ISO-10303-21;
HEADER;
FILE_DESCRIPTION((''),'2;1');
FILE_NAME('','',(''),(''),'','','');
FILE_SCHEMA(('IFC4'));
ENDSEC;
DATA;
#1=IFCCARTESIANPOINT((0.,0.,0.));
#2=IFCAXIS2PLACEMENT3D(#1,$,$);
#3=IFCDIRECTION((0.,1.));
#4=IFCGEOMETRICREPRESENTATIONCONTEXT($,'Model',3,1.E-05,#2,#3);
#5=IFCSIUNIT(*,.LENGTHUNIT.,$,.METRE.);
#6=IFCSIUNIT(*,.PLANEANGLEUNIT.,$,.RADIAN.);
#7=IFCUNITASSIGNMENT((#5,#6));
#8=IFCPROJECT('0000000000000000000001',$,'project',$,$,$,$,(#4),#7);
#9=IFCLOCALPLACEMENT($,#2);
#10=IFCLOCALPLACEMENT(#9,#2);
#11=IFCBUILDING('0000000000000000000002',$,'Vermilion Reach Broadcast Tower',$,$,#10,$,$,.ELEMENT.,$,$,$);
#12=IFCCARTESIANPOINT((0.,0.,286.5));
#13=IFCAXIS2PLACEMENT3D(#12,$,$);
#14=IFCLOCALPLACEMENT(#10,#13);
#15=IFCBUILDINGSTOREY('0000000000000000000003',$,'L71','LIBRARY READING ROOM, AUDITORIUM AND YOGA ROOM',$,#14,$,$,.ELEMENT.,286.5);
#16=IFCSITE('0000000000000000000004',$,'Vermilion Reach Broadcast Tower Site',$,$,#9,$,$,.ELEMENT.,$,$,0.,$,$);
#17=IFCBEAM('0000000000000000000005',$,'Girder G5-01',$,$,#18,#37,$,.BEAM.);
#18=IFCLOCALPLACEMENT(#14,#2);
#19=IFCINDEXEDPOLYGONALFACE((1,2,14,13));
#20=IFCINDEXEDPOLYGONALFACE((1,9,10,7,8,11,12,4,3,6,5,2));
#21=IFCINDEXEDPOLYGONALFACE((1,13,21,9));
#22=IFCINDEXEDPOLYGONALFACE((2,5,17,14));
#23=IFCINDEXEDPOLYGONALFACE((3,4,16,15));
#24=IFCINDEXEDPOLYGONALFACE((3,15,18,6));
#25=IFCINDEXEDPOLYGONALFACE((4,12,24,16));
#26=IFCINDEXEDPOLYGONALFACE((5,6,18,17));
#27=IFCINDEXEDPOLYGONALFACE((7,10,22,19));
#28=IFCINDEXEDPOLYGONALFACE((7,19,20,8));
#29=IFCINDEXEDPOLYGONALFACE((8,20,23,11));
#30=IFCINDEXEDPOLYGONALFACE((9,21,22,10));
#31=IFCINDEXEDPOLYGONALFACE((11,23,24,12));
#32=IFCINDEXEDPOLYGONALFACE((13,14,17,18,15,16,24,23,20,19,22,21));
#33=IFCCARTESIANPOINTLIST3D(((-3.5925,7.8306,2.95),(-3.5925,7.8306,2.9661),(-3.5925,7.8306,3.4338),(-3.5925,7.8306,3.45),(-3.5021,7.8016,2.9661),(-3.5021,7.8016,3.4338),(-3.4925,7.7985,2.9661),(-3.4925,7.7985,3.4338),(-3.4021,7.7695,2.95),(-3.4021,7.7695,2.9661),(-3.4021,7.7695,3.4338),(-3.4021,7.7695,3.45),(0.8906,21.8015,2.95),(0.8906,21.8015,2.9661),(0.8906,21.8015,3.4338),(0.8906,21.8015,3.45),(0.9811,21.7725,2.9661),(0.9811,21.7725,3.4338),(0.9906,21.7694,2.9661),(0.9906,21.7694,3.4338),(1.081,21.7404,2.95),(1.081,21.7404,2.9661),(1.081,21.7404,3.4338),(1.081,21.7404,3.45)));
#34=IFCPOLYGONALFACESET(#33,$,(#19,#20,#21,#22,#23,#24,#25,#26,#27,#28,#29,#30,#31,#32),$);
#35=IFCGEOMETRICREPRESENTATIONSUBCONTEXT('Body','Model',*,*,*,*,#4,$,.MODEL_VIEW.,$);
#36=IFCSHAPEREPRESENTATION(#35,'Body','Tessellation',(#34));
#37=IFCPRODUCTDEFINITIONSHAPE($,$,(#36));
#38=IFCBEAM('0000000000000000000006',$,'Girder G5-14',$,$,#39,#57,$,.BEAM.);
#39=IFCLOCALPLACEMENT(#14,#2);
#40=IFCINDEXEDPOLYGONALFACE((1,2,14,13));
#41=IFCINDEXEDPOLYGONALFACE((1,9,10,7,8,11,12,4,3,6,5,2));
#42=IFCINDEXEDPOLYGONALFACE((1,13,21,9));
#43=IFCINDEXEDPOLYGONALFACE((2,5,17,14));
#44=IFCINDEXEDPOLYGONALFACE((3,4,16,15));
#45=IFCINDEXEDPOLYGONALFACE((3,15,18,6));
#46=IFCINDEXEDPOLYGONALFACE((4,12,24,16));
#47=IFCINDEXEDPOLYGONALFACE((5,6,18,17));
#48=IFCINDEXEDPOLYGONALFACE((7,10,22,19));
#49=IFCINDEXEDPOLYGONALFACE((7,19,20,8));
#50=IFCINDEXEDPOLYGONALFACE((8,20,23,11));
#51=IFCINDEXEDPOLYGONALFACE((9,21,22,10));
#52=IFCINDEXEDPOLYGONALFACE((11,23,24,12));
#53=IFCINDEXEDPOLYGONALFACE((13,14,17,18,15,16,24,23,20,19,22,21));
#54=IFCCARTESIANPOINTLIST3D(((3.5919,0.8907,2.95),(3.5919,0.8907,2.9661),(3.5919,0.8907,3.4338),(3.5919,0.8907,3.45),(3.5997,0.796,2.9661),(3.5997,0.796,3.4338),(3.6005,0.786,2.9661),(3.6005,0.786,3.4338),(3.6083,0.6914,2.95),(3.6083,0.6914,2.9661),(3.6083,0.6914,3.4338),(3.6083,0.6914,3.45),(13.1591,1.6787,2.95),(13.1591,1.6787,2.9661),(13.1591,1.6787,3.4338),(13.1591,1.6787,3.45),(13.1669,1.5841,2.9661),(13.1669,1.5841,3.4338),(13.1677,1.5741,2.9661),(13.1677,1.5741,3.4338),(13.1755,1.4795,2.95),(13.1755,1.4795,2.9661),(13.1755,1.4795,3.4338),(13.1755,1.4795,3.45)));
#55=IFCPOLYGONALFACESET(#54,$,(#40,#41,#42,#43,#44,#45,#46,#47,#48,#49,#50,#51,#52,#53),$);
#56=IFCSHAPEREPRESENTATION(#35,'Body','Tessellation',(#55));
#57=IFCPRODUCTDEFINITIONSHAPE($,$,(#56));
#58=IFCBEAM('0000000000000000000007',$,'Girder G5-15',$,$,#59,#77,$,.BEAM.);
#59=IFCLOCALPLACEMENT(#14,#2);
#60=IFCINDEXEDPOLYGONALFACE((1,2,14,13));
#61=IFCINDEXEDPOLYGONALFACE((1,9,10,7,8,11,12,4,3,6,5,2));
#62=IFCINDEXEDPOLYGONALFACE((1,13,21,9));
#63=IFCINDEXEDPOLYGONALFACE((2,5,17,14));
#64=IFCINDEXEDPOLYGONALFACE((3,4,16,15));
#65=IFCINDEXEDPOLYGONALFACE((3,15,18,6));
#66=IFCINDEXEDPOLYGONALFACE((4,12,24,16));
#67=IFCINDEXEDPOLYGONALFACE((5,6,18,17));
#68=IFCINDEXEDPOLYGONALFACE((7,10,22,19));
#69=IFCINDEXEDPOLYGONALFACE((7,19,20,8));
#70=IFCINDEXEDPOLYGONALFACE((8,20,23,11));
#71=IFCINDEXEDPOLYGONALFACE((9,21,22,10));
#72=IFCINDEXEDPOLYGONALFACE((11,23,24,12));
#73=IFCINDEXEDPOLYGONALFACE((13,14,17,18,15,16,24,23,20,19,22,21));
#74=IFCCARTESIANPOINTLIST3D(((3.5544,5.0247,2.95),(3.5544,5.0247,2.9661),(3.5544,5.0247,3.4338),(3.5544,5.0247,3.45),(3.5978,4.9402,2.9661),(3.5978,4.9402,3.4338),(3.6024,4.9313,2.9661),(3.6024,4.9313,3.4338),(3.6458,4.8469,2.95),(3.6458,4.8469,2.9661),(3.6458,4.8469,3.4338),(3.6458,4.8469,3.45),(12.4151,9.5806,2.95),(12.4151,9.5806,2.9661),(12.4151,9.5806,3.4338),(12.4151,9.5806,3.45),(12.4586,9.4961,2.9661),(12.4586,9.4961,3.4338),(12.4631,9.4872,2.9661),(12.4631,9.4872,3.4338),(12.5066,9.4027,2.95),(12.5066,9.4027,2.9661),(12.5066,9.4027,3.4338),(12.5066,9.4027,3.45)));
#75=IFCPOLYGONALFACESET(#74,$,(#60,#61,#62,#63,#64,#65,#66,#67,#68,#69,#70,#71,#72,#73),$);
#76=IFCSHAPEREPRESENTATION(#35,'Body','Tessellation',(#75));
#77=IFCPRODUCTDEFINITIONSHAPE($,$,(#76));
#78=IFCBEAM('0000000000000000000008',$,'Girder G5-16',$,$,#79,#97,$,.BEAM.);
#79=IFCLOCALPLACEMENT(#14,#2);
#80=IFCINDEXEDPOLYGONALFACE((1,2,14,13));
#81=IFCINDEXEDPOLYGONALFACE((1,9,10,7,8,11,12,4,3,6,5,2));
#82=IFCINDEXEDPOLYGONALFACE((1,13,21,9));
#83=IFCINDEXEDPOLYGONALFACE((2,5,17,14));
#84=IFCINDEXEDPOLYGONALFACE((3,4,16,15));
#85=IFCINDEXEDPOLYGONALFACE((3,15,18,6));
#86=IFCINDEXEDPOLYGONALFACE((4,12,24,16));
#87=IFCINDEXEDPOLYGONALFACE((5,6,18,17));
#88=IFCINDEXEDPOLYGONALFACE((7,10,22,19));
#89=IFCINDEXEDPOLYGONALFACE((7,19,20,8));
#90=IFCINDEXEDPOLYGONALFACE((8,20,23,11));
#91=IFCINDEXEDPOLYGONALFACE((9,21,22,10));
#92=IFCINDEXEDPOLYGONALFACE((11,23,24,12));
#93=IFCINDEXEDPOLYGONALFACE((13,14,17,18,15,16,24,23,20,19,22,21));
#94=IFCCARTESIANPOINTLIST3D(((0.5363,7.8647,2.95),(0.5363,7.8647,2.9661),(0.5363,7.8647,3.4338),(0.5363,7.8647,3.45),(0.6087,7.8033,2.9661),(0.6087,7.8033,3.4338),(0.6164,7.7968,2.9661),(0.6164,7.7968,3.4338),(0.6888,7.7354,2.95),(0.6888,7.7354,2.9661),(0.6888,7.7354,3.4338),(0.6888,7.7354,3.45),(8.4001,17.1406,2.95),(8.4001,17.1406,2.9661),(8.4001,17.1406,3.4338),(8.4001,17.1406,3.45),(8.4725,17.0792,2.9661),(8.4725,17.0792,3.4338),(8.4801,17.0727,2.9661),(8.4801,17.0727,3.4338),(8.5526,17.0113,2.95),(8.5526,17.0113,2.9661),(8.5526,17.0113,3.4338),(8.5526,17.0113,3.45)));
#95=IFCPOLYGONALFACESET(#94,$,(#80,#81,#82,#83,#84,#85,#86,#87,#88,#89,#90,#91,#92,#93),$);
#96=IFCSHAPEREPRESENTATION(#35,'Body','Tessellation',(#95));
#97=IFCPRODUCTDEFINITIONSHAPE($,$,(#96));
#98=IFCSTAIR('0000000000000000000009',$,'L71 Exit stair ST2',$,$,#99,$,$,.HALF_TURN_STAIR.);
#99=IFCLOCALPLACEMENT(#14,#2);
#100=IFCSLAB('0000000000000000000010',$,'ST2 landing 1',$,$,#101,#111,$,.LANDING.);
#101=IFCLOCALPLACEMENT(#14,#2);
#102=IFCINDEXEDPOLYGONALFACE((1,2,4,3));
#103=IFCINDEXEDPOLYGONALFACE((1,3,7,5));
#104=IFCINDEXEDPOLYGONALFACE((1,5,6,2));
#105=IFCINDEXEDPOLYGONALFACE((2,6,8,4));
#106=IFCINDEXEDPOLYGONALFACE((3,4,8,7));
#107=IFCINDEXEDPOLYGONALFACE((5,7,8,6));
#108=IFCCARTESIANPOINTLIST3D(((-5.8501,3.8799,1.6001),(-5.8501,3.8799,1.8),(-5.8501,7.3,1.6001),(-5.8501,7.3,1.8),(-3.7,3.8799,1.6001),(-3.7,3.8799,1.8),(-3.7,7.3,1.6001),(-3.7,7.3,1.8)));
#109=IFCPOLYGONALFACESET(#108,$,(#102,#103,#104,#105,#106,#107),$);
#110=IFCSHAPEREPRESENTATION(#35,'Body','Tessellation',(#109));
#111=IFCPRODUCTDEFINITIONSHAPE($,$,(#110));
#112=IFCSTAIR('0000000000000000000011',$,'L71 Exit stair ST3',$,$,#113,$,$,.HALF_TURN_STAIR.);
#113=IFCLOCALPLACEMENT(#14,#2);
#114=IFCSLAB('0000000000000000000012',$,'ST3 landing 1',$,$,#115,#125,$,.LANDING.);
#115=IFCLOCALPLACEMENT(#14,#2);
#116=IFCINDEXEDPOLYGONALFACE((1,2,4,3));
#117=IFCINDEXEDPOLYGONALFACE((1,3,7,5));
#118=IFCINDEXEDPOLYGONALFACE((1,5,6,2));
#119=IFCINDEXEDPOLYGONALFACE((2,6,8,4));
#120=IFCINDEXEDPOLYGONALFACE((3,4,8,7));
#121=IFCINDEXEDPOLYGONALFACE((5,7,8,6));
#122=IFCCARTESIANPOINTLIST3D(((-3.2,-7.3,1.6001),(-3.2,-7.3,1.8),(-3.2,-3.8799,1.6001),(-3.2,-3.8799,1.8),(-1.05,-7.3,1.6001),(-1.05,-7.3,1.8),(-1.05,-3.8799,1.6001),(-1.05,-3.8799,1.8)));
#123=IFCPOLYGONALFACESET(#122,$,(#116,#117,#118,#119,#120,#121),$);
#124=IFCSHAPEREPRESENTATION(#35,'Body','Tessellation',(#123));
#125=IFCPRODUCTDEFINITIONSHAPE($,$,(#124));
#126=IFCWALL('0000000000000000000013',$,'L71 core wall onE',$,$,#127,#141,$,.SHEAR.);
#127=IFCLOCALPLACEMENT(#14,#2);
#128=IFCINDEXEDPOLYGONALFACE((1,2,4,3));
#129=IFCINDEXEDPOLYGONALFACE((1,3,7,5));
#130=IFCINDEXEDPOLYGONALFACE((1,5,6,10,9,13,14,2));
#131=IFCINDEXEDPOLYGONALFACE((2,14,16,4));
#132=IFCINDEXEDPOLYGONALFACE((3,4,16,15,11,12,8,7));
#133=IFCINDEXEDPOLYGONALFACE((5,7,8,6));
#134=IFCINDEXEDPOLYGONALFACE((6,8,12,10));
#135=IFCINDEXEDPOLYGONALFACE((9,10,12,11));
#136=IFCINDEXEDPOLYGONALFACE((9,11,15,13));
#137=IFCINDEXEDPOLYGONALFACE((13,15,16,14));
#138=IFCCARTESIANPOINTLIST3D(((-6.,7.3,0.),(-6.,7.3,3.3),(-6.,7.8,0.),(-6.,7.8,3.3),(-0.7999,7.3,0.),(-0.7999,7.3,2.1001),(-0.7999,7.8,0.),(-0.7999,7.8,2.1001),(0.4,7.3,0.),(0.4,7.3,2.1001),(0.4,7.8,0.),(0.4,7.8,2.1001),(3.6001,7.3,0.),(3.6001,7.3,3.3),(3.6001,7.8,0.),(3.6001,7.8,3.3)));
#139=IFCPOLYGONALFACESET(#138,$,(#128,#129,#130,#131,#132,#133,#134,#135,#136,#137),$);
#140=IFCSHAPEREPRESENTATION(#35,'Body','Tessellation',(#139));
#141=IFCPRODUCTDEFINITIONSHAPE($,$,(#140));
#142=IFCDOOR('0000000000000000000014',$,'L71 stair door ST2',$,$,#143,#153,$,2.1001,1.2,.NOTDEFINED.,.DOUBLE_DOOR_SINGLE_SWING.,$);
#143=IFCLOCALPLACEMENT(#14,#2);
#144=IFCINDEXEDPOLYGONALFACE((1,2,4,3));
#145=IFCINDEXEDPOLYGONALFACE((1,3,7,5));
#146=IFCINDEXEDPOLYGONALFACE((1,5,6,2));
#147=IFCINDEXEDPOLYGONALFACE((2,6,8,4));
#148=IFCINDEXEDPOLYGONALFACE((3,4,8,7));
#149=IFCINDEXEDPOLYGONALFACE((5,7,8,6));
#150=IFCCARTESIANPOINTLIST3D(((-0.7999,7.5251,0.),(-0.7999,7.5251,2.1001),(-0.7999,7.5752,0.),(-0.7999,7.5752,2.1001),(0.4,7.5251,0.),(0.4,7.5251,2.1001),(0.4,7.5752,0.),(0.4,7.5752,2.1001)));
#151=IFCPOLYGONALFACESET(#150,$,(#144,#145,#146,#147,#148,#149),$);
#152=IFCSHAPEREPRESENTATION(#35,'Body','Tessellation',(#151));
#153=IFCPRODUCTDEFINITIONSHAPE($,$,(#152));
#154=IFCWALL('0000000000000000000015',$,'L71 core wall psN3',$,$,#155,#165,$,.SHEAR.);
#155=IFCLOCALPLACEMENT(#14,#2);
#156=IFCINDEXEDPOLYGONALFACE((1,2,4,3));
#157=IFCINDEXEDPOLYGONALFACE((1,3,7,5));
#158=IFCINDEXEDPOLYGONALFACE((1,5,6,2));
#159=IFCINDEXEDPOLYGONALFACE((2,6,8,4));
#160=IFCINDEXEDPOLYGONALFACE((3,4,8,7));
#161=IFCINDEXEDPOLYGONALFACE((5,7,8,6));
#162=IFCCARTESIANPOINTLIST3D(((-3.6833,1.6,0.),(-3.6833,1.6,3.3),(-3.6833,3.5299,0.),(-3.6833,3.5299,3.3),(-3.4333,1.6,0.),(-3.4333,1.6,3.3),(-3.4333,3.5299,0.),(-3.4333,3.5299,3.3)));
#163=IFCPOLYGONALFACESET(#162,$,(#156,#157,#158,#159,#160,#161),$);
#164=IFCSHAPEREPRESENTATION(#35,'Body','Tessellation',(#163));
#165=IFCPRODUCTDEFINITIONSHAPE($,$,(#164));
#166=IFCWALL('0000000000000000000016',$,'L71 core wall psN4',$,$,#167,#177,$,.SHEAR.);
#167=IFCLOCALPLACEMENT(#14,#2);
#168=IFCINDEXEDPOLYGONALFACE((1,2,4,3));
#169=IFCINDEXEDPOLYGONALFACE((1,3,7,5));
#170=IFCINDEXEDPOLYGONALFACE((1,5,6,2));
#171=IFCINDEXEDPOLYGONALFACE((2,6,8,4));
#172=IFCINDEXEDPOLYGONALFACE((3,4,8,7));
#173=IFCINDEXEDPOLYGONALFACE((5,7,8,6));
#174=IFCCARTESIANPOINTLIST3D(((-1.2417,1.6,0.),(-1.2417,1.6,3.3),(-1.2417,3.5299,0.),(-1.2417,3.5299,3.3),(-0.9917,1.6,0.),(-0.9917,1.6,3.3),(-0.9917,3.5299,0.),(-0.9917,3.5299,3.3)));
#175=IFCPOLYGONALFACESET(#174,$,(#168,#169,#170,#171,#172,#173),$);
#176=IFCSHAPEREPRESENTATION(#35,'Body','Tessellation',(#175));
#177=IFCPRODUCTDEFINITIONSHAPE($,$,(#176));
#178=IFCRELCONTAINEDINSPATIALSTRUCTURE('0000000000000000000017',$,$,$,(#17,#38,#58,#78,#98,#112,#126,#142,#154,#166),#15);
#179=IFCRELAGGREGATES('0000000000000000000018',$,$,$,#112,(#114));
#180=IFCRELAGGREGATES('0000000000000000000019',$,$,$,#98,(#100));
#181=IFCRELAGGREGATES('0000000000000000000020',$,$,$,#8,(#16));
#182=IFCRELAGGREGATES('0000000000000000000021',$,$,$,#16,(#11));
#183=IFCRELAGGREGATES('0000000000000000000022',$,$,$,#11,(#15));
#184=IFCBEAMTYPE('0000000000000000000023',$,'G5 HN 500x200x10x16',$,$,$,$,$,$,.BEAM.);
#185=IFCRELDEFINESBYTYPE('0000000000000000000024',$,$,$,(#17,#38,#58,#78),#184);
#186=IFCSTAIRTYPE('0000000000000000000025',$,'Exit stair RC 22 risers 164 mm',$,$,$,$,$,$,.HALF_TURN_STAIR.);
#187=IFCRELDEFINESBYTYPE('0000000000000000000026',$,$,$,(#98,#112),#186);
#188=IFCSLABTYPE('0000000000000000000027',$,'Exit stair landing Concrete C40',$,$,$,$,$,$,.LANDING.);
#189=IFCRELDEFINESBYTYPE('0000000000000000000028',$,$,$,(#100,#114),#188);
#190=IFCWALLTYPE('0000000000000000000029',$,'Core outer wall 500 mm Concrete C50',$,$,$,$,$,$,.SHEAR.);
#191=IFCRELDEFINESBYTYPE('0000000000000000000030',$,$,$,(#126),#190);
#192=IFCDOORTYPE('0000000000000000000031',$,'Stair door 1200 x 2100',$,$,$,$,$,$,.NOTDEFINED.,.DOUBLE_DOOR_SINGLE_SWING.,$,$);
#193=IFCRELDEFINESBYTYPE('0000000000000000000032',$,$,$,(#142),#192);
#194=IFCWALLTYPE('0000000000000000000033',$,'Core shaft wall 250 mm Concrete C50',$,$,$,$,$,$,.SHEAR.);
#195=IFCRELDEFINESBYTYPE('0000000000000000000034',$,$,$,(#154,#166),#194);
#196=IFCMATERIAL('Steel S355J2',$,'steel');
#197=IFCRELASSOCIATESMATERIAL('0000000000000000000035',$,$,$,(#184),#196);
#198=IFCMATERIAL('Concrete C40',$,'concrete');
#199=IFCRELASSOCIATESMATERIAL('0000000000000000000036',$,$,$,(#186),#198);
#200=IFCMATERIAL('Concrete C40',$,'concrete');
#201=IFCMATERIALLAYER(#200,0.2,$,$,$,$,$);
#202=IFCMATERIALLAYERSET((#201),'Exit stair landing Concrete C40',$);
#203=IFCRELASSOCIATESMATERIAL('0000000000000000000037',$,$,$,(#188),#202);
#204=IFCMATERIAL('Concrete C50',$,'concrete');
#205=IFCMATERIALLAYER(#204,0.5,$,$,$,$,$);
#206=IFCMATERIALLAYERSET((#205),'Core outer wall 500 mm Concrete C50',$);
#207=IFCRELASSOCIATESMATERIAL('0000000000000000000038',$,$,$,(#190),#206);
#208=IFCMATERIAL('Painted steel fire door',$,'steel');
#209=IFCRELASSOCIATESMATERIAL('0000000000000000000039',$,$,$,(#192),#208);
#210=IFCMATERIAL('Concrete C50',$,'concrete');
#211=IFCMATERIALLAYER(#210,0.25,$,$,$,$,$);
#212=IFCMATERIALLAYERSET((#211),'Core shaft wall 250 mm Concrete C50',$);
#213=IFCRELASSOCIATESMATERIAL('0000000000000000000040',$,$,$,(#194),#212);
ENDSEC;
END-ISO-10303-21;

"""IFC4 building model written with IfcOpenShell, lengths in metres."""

from ifc_helpers import new_model, si_unit, direction, frame, frame_2d, origin, origin_2d, place, context, subcontext, project, spatial, polyline, rectangle, i_section, outline, extrude, material, layer, layer_set, material_profile, profile_set, type_object, element, fill, aggregate, save


model = new_model("IFC4")

# Units and contexts
model_context = context("Model", 3, precision=1e-05, world=origin(), true_north=direction((0.0, 1.0)))
body_context = subcontext(model_context, "Body", "Model", "MODEL_VIEW")
ifc_project = project(units=[si_unit("LENGTHUNIT", "METRE"), si_unit("PLANEANGLEUNIT", "RADIAN")], contexts=[model_context])

# Site, building, storey
site_placement = place(None, origin())
site = spatial("IfcSite", under=ifc_project, at=site_placement, Name="Vermilion Reach Broadcast Tower Site", CompositionType="ELEMENT", RefElevation=0.0)
building_placement = place(site_placement, origin())
building = spatial("IfcBuilding", under=site, at=building_placement, Name="Vermilion Reach Broadcast Tower", CompositionType="ELEMENT")
storey_placement = place(building_placement, frame((0.0, 0.0, 286.5)))
storey = spatial("IfcBuildingStorey", under=building, at=storey_placement, Name="L71", Description="LIBRARY READING ROOM, AUDITORIUM AND YOGA ROOM", CompositionType="ELEMENT", Elevation=286.5)

# Beams
ifc_material_1 = material(Name="Steel S355J2", Category="steel")
ifc_material_profile = material_profile(ifc_material_1, i_section(OverallWidth=0.2, OverallDepth=0.5, WebThickness=0.01, FlangeThickness=0.0161, at=origin_2d()), Name="S355J2 HN 500x200x10x16")
ifc_profile_set = profile_set([ifc_material_profile], Name="Steel S355J2")
beam_type = type_object("IfcBeamType", Name="G5 HN 500x200x10x16", PredefinedType="BEAM", material=ifc_profile_set)
beam_1_placement = place(storey_placement, frame((-3.4973, 7.8, 3.2), z_axis=(0.305545, 0.952178, 0.0), x_axis=(-0.952178, 0.305545, 0.0)))
element("IfcBeam", 1, at=beam_1_placement, inside=storey, type_object=beam_type, Name="Girder G5-01", PredefinedType="BEAM", context=body_context, shape_type="SweptSolid", body=[
    extrude(i_section(OverallWidth=0.2, OverallDepth=0.5, WebThickness=0.01, FlangeThickness=0.0161, at=origin_2d()), origin(), (0.0, 0.0, 1.0), 14.6726),
])
beam_2_placement = place(storey_placement, frame((3.6001, 0.791, 3.2), z_axis=(0.996624, 0.082096, 0.0), x_axis=(-0.082096, 0.996624, 0.0)))
element("IfcBeam", 2, at=beam_2_placement, inside=storey, type_object=beam_type, Name="Girder G5-14", PredefinedType="BEAM", context=body_context, shape_type="SweptSolid", body=[
    extrude(i_section(OverallWidth=0.2, OverallDepth=0.5, WebThickness=0.01, FlangeThickness=0.0161, at=origin_2d()), origin(), (0.0, 0.0, 1.0), 9.5996),
])
beam_3_placement = place(storey_placement, frame((3.6001, 4.9358, 3.2), z_axis=(0.889333, 0.457261, 0.0), x_axis=(-0.457261, 0.889333, 0.0)))
element("IfcBeam", 3, at=beam_3_placement, inside=storey, type_object=beam_type, Name="Girder G5-15", PredefinedType="BEAM", context=body_context, shape_type="SweptSolid", body=[
    extrude(i_section(OverallWidth=0.2, OverallDepth=0.5, WebThickness=0.01, FlangeThickness=0.0161, at=origin_2d()), origin(), (0.0, 0.0, 1.0), 9.9634),
])
beam_4_placement = place(storey_placement, frame((0.6125, 7.8, 3.2), z_axis=(0.646658, 0.76278, 0.0), x_axis=(-0.76278, 0.646658, 0.0)))
element("IfcBeam", 4, at=beam_4_placement, inside=storey, type_object=beam_type, Name="Girder G5-16", PredefinedType="BEAM", context=body_context, shape_type="SweptSolid", body=[
    extrude(i_section(OverallWidth=0.2, OverallDepth=0.5, WebThickness=0.01, FlangeThickness=0.0161, at=origin_2d()), origin(), (0.0, 0.0, 1.0), 12.1606),
])

# Stairs, slabs
ifc_material_2 = material(Name="Concrete C40", Category="concrete")
stair_type = type_object("IfcStairType", Name="Exit stair RC 22 risers 164 mm", PredefinedType="HALF_TURN_STAIR", material=ifc_material_2)
placement_1 = place(storey_placement, origin())
stair_1 = element("IfcStair", 5, at=placement_1, inside=storey, type_object=stair_type, Name="L71 Exit stair ST2", PredefinedType="HALF_TURN_STAIR")
ifc_material_3 = material(Name="Concrete C40", Category="concrete")
ifc_layer_1 = layer(ifc_material_3, 0.2)
ifc_layer_set_1 = layer_set([ifc_layer_1], Name="Exit stair landing Concrete C40")
slab_type = type_object("IfcSlabType", Name="Exit stair landing Concrete C40", PredefinedType="LANDING", material=ifc_layer_set_1)
placement_2 = place(storey_placement, frame((0.0, 0.0, 1.6001)))
slab_1 = element("IfcSlab", 6, at=placement_2, type_object=slab_type, Name="ST2 landing 1", PredefinedType="LANDING", context=body_context, shape_type="SweptSolid", body=[
    extrude(outline(polyline([(-3.7, 7.3), (-5.8501, 7.3), (-5.8501, 3.8799), (-3.7, 3.8799), (-3.7, 7.3)])), origin(), (0.0, 0.0, 1.0), 0.2),
])
stair_2 = element("IfcStair", 7, at=placement_1, inside=storey, type_object=stair_type, Name="L71 Exit stair ST3", PredefinedType="HALF_TURN_STAIR")
slab_2 = element("IfcSlab", 8, at=placement_2, type_object=slab_type, Name="ST3 landing 1", PredefinedType="LANDING", context=body_context, shape_type="SweptSolid", body=[
    extrude(outline(polyline([(-3.2, -7.3), (-1.05, -7.3), (-1.05, -3.8799), (-3.2, -3.8799), (-3.2, -7.3)])), origin(), (0.0, 0.0, 1.0), 0.2),
])
aggregate(stair_2, [slab_2])

# Wall, opening, door
ifc_material_4 = material(Name="Concrete C50", Category="concrete")
ifc_layer_2 = layer(ifc_material_4, 0.5)
ifc_layer_set_2 = layer_set([ifc_layer_2], Name="Core outer wall 500 mm Concrete C50")
wall_type_1 = type_object("IfcWallType", Name="Core outer wall 500 mm Concrete C50", PredefinedType="SHEAR", material=ifc_layer_set_2)
wall_placement = place(storey_placement, frame((3.6001, 7.55, 0.0), z_axis=(0.0, 0.0, 1.0), x_axis=(-1.0, 0.0, 0.0)))
wall = element("IfcWall", 9, at=wall_placement, inside=storey, type_object=wall_type_1, Name="L71 core wall onE", PredefinedType="SHEAR", context=body_context, shape_type="SweptSolid", body=[
    extrude(rectangle(XDim=9.6001, YDim=0.5, at=frame_2d((4.8, 0.0))), origin(), (0.0, 0.0, 1.0), 3.3),
])
opening_placement = place(wall_placement, frame((3.2, 0.0, 0.0)))
opening = element("IfcOpeningElement", 10, at=opening_placement, cuts=wall, PredefinedType="OPENING", context=body_context, shape_type="SweptSolid", body=[
    extrude(rectangle(XDim=1.2, YDim=2.1001, at=frame_2d((0.6001, 1.05))), frame((0.0, 0.26, 0.0), z_axis=(0.0, -1.0, 0.0), x_axis=(1.0, 0.0, 0.0)), (0.0, 0.0, 1.0), 0.52),
])
ifc_material_5 = material(Name="Painted steel fire door", Category="steel")
door_type = type_object("IfcDoorType", Name="Stair door 1200 x 2100", OperationType="DOUBLE_DOOR_SINGLE_SWING", PredefinedType="NOTDEFINED", material=ifc_material_5)
door_placement = place(opening_placement, origin())
door = element("IfcDoor", 11, at=door_placement, inside=storey, type_object=door_type, Name="L71 stair door ST2", OperationType="DOUBLE_DOOR_SINGLE_SWING", OverallHeight=2.1001, OverallWidth=1.2, PredefinedType="NOTDEFINED", context=body_context, shape_type="SweptSolid", body=[
    extrude(rectangle(XDim=1.2, YDim=2.1001, at=frame_2d((0.6001, 1.05))), frame((0.0, 0.0249, 0.0), z_axis=(0.0, -1.0, 0.0), x_axis=(1.0, 0.0, 0.0)), (0.0, 0.0, 1.0), 0.05),
])
fill(opening, door)

# Walls
ifc_material_6 = material(Name="Concrete C50", Category="concrete")
ifc_layer_3 = layer(ifc_material_6, 0.25)
ifc_layer_set_3 = layer_set([ifc_layer_3], Name="Core shaft wall 250 mm Concrete C50")
wall_type_2 = type_object("IfcWallType", Name="Core shaft wall 250 mm Concrete C50", PredefinedType="SHEAR", material=ifc_layer_set_3)
for number, where, z_axis, x_axis, name in (
    (12, (-3.5583, 1.6001, 0.0), (0.0, 0.0, 1.0), (0.0, 1.0, 0.0), "L71 core wall psN3"),
    (13, (-1.1167, 1.6001, 0.0), (0.0, 0.0, 1.0), (0.0, 1.0, 0.0), "L71 core wall psN4"),
):
    element("IfcWall", number, at=place(storey_placement, frame(where, z_axis=z_axis, x_axis=x_axis)), inside=storey, type_object=wall_type_2, Name=name, PredefinedType="SHEAR", context=body_context, shape_type="SweptSolid", body=[
        extrude(rectangle(XDim=1.9299, YDim=0.25, at=frame_2d((0.9648, 0.0))), origin(), (0.0, 0.0, 1.0), 3.3),
    ])

aggregate(stair_1, [slab_1])

save(model, "model.ifc")
